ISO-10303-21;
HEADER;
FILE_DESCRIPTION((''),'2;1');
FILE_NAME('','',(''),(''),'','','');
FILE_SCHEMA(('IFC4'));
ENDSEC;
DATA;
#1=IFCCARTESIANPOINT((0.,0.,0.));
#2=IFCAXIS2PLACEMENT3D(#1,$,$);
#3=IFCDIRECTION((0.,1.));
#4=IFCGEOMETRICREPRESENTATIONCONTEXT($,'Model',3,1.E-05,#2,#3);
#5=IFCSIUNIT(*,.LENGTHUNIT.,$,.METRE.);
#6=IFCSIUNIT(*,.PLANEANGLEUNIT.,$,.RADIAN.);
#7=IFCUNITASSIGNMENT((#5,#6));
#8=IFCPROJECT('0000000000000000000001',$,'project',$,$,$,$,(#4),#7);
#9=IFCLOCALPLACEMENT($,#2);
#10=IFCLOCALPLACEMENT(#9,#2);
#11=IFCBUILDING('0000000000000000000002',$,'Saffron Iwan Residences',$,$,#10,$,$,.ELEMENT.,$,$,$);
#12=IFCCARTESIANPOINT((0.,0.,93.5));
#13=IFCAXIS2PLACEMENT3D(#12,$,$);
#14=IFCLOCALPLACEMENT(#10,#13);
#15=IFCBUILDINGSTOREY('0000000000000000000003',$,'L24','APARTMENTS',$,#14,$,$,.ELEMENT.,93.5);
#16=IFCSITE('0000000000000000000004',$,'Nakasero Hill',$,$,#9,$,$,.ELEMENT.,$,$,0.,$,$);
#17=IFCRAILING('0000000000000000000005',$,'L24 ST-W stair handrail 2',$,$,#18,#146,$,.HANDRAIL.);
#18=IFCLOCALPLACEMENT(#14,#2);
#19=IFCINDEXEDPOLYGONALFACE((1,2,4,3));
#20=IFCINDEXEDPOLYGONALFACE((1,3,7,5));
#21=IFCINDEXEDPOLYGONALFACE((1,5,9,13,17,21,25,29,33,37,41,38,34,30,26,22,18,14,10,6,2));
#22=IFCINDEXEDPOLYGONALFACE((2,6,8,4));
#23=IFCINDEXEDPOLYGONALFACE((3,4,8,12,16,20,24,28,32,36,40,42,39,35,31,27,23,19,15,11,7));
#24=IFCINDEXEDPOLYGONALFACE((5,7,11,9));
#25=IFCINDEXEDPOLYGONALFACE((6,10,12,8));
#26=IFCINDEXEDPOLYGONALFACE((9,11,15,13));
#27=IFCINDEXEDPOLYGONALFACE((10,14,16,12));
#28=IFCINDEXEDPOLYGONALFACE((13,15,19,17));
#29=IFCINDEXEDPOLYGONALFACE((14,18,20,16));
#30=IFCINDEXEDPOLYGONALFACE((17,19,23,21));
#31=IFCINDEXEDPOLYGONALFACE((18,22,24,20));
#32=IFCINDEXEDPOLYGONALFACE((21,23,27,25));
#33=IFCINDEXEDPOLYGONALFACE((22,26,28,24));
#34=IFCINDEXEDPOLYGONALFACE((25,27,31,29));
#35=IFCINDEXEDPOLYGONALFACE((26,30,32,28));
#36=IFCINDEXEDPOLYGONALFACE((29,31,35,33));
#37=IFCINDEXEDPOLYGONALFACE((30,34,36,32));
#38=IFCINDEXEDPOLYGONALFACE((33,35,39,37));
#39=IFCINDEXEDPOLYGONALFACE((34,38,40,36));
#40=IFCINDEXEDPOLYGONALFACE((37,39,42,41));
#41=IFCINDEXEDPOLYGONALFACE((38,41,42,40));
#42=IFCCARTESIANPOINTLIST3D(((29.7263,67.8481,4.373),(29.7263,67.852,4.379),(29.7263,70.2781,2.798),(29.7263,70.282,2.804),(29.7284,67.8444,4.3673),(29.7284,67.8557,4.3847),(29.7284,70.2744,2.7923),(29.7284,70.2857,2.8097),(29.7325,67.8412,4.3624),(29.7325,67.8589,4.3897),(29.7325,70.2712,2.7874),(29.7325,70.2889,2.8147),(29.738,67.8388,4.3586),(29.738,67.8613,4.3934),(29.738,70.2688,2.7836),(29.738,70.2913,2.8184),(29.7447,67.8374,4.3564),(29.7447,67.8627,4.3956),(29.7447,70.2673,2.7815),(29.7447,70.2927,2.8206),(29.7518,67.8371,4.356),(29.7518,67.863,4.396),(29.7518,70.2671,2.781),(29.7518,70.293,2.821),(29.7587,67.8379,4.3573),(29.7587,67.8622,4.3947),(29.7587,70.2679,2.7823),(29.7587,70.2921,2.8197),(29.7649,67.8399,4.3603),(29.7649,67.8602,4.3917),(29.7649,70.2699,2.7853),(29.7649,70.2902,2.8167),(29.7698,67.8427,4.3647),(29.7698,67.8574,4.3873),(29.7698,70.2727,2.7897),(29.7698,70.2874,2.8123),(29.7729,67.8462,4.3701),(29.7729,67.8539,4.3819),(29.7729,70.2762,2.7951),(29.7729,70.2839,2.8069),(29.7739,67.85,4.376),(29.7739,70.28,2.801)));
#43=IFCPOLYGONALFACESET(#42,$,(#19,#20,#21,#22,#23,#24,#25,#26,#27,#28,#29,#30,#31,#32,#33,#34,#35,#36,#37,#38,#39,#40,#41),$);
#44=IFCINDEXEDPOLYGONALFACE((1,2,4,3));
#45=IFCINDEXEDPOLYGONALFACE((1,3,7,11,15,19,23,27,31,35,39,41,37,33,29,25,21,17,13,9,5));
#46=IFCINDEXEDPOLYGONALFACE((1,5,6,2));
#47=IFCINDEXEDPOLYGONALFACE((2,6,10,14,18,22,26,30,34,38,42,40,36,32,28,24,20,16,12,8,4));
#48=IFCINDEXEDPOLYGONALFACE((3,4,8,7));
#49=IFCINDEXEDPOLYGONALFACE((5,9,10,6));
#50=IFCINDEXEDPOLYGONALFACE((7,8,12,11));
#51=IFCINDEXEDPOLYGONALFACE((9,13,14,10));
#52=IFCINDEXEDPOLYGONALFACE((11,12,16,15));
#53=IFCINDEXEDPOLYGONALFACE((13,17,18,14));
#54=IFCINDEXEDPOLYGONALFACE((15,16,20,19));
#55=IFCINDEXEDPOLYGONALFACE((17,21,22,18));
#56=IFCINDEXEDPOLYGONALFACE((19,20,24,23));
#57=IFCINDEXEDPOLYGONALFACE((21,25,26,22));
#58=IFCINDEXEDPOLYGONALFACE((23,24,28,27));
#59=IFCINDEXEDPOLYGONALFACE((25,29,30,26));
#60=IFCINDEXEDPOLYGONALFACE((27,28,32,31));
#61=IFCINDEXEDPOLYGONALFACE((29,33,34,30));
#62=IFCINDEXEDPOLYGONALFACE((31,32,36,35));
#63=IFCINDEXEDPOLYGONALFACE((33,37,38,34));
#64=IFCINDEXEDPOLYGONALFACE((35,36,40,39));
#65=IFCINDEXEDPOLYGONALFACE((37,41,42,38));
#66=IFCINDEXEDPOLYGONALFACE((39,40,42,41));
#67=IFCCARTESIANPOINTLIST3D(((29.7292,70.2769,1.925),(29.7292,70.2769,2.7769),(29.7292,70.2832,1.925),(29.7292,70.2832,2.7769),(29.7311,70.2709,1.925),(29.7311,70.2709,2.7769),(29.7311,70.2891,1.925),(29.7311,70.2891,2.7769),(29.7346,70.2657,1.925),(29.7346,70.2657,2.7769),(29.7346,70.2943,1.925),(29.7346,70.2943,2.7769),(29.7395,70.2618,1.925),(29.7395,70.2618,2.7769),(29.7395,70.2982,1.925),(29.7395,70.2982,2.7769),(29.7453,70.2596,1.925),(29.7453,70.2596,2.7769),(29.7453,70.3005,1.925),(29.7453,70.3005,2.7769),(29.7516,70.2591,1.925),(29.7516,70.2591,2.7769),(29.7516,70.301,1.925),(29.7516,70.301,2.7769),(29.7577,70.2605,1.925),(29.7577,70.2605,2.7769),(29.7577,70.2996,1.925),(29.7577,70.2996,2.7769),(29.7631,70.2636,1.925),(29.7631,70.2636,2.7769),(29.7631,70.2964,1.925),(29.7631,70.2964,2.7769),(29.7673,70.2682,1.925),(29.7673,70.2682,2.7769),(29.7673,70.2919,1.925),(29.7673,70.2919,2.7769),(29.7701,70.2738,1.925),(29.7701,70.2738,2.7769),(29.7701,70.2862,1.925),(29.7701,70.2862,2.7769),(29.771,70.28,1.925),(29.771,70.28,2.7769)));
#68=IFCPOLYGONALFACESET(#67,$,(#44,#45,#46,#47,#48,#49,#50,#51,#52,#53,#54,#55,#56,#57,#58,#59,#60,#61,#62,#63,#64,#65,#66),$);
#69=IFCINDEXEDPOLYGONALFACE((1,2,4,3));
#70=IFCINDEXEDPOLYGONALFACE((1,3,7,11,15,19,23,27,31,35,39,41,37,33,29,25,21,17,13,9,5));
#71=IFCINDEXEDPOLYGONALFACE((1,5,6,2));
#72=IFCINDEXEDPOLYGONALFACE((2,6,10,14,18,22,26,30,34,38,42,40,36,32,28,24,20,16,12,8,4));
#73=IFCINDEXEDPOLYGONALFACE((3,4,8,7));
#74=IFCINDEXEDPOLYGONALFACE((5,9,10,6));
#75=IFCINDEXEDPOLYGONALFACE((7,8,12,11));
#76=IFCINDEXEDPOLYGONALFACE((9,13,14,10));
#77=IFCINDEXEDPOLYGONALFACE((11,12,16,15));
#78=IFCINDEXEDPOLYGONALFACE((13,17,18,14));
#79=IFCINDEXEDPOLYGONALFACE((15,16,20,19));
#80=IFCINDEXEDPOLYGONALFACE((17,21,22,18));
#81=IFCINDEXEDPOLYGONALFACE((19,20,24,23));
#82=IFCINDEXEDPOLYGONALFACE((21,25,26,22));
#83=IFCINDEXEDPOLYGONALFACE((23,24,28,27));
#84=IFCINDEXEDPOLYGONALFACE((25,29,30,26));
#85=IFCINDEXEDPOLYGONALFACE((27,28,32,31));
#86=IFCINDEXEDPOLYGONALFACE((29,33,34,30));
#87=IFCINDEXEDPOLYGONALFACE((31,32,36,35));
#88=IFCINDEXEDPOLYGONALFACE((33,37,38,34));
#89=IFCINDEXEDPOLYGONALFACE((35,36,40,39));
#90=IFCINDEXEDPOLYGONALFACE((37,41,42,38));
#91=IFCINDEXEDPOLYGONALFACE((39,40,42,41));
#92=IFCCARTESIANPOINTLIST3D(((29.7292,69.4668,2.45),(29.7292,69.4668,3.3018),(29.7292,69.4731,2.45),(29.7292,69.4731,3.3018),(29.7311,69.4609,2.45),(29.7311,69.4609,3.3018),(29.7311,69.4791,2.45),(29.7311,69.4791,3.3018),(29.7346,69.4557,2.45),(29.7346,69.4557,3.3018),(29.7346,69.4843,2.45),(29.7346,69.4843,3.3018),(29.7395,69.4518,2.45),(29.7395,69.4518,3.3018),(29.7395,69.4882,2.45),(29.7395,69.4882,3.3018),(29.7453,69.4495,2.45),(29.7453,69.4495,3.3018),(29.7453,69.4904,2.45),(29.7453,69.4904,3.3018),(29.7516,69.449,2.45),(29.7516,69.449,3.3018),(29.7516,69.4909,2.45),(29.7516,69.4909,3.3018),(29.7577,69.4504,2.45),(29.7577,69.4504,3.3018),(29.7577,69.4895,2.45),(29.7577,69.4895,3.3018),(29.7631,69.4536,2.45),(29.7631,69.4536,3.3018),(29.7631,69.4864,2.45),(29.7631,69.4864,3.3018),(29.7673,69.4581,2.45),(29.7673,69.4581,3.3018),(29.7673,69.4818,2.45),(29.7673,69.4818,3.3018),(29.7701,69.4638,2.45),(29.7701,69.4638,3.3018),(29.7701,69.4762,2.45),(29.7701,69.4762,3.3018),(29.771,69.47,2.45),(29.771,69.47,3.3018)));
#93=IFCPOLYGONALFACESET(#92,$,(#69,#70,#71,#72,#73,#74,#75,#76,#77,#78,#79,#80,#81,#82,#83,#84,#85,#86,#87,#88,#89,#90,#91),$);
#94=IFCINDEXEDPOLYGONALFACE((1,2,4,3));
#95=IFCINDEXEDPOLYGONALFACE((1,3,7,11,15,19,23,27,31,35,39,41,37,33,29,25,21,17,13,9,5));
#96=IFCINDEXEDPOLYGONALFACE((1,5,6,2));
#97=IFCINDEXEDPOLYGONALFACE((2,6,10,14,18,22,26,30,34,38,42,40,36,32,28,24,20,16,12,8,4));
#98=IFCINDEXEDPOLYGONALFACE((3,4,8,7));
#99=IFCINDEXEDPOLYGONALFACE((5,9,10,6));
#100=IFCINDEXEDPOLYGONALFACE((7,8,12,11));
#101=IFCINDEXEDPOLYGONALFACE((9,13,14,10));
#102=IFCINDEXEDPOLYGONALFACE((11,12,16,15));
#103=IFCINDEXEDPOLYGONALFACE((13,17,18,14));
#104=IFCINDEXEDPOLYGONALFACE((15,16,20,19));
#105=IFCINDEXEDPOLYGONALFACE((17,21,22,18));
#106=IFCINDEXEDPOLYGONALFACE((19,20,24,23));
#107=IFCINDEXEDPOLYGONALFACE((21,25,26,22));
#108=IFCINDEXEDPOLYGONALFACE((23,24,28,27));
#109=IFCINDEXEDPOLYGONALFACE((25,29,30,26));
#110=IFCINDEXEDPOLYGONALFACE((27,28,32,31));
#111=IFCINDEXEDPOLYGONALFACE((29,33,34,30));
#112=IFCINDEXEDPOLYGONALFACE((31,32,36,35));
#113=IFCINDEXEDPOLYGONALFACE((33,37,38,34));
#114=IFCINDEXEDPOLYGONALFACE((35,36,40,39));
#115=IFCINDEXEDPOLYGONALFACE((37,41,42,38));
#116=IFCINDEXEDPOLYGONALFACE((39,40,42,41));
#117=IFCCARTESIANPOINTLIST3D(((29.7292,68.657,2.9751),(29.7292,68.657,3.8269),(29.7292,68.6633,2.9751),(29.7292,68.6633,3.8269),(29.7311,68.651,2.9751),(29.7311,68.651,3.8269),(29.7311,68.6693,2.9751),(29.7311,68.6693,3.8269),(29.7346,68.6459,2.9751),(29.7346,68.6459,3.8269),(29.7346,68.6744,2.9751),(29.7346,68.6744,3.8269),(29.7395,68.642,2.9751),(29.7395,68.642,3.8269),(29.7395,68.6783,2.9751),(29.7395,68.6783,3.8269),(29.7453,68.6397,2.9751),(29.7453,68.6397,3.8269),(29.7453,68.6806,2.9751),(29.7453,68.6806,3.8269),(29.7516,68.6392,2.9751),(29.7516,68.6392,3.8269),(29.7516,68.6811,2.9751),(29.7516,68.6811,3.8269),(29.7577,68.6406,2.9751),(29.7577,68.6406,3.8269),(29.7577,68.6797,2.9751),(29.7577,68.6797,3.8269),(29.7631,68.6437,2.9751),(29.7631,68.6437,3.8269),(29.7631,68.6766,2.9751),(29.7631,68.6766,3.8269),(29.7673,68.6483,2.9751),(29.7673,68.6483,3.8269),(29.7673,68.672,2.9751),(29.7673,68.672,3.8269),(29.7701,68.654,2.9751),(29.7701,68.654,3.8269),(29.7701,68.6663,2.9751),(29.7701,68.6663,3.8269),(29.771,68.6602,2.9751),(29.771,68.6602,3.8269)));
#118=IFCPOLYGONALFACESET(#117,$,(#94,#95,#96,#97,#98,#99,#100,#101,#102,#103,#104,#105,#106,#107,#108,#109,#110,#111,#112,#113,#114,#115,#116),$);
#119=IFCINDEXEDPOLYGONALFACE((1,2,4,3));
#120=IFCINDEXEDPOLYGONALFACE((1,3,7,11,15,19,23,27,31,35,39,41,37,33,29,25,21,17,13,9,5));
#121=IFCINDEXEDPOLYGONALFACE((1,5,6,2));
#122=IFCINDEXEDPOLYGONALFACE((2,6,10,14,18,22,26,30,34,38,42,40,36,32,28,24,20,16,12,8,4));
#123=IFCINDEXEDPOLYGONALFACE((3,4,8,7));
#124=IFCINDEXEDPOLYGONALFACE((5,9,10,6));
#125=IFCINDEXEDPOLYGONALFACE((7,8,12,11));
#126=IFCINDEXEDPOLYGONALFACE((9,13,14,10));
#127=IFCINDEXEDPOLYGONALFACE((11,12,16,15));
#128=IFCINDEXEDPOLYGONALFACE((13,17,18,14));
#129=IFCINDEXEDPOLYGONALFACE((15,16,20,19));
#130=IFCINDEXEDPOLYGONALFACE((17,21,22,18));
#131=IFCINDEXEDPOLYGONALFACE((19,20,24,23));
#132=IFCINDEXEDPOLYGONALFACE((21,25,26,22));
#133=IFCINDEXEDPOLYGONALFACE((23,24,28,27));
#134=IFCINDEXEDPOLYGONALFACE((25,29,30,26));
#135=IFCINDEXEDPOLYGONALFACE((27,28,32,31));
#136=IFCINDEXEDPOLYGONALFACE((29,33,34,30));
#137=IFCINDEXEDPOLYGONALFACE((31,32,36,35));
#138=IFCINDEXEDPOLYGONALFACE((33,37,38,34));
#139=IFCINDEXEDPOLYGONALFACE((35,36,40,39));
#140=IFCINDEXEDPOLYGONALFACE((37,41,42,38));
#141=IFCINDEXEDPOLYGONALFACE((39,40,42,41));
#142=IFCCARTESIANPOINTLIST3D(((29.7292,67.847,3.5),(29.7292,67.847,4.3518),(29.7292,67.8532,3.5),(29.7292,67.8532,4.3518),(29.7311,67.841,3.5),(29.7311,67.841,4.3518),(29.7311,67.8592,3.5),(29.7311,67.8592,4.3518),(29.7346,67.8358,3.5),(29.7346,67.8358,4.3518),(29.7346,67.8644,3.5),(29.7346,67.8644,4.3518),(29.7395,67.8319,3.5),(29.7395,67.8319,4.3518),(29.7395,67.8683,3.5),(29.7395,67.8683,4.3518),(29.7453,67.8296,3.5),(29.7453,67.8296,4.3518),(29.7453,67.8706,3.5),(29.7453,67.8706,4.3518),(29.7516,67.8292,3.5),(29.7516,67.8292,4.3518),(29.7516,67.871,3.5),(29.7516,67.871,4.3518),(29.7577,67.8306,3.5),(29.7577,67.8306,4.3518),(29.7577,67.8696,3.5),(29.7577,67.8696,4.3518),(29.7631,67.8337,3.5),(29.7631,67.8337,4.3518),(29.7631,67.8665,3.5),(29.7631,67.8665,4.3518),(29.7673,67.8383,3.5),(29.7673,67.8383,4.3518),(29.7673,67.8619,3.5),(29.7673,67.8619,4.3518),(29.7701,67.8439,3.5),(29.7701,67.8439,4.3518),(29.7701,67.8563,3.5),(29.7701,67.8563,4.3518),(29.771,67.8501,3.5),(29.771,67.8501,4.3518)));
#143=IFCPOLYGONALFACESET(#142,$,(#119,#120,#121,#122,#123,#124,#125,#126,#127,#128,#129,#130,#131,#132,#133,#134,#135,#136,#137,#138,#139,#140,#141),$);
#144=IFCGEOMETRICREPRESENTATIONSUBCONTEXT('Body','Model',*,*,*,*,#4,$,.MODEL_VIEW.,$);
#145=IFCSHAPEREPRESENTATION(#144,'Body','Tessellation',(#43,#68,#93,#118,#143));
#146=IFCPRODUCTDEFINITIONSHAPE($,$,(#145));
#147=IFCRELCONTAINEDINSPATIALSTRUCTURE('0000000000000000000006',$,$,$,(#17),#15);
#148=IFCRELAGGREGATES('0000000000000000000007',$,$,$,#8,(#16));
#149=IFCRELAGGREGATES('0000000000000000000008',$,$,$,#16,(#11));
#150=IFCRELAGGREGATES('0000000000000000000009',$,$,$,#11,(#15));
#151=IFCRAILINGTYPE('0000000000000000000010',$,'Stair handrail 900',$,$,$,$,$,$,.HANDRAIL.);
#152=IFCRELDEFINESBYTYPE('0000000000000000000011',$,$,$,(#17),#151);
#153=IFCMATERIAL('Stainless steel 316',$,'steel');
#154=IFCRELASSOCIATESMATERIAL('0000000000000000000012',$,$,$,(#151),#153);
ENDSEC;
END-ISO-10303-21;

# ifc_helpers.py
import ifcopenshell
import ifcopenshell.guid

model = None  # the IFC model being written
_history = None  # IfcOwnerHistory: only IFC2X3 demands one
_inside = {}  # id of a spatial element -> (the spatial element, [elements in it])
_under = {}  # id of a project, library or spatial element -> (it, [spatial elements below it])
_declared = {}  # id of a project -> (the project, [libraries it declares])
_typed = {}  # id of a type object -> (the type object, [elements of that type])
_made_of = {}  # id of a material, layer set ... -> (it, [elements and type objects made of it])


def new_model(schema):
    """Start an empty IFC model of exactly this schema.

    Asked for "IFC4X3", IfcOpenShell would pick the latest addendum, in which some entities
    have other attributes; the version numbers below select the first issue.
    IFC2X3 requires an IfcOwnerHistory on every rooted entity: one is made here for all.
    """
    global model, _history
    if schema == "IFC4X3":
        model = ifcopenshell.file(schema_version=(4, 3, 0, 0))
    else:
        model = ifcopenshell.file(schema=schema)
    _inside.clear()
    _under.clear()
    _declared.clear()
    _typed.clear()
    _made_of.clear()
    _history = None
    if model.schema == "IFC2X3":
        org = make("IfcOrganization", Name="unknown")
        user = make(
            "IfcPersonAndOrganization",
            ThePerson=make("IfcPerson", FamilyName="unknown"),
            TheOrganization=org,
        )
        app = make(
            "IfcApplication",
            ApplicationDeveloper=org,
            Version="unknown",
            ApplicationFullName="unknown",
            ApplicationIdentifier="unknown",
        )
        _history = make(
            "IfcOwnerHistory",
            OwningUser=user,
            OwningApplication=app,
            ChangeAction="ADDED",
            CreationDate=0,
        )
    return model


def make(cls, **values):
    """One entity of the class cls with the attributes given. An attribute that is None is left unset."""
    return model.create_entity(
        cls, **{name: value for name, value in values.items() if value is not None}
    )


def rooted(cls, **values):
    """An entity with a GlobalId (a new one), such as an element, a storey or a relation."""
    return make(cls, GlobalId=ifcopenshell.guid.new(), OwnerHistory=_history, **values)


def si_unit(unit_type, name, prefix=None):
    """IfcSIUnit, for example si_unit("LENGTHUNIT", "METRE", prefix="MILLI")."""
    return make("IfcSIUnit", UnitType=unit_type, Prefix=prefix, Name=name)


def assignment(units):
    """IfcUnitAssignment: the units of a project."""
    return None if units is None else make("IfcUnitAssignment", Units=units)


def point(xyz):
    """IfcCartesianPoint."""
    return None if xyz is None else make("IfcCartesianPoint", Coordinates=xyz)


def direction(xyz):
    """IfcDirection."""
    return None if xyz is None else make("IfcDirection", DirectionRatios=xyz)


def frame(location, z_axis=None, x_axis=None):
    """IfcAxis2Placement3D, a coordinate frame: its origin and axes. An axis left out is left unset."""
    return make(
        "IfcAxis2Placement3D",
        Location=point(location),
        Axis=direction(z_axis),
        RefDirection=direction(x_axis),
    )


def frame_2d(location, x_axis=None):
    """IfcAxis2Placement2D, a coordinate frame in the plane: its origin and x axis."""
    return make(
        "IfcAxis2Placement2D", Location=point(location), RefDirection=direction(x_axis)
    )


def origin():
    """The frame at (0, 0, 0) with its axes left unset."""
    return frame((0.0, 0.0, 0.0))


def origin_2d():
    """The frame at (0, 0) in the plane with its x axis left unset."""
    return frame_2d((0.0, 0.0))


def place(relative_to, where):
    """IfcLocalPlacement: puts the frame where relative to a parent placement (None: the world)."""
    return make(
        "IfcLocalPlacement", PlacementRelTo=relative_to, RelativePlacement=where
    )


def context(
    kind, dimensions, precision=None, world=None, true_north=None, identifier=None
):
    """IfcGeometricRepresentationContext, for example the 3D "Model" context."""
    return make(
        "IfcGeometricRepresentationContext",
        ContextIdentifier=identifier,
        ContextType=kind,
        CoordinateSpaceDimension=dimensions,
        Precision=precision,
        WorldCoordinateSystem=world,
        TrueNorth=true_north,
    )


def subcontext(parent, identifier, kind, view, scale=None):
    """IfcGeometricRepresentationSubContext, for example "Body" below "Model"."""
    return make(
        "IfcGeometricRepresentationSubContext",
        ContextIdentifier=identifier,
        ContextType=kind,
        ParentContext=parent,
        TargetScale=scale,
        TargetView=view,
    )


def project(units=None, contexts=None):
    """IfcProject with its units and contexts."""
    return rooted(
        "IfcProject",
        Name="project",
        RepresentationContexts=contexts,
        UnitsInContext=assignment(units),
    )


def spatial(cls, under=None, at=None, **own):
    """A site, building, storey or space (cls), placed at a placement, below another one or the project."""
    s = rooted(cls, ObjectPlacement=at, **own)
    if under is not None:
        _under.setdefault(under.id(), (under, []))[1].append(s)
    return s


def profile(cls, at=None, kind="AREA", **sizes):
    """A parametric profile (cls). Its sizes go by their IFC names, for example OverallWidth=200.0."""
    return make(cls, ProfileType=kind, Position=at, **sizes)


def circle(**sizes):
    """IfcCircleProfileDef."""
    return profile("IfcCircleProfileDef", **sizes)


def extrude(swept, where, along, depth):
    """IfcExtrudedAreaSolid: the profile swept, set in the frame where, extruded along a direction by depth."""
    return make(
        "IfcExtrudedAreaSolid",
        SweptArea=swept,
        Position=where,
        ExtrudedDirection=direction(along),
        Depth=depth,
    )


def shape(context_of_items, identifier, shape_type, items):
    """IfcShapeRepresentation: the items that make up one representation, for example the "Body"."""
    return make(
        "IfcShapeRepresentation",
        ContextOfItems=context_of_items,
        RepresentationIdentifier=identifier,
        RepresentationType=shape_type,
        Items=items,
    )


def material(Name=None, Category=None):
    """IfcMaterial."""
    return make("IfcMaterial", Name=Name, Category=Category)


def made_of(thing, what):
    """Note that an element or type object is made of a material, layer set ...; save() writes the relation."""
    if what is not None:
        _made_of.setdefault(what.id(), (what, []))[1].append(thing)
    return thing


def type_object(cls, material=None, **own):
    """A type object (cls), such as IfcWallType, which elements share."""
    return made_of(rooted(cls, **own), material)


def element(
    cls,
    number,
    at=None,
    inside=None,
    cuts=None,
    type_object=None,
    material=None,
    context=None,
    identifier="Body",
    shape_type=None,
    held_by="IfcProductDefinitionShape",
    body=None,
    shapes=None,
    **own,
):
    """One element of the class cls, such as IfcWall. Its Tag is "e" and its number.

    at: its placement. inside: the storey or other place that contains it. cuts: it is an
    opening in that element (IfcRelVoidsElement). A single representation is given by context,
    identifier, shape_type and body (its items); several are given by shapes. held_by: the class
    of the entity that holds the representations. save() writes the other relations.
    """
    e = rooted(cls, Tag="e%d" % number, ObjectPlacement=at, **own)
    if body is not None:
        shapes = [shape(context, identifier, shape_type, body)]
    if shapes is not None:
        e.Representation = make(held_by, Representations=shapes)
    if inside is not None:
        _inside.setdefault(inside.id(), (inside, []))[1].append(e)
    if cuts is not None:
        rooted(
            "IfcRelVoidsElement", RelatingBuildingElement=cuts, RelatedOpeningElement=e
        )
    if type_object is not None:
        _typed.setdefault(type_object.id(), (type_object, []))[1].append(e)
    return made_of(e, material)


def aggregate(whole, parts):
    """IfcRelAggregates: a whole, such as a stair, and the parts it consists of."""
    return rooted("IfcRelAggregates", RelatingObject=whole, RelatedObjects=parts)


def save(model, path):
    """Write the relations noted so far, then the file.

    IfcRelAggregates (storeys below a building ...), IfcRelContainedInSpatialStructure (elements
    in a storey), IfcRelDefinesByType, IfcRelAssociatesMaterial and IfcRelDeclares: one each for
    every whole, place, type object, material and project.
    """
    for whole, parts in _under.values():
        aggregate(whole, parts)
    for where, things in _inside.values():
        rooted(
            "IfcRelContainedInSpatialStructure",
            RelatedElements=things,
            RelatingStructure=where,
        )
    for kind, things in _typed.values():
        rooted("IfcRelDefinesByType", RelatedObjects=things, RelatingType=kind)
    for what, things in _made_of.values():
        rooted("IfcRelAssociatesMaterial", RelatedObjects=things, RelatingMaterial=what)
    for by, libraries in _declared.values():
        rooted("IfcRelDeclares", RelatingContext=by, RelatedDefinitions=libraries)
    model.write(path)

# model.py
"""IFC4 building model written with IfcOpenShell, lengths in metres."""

from ifc_helpers import new_model, si_unit, direction, frame, origin, origin_2d, place, context, subcontext, project, spatial, circle, extrude, material, type_object, element, save


model = new_model("IFC4")

# Units and contexts
model_context = context("Model", 3, precision=1e-05, world=origin(), true_north=direction((0.0, 1.0)))
body_context = subcontext(model_context, "Body", "Model", "MODEL_VIEW")
ifc_project = project(units=[si_unit("LENGTHUNIT", "METRE"), si_unit("PLANEANGLEUNIT", "RADIAN")], contexts=[model_context])

# Site, building, storey
site_placement = place(None, origin())
site = spatial("IfcSite", under=ifc_project, at=site_placement, Name="Nakasero Hill", CompositionType="ELEMENT", RefElevation=0.0)
building_placement = place(site_placement, origin())
building = spatial("IfcBuilding", under=site, at=building_placement, Name="Saffron Iwan Residences", CompositionType="ELEMENT")
storey_placement = place(building_placement, frame((0.0, 0.0, 93.5)))
storey = spatial("IfcBuildingStorey", under=building, at=storey_placement, Name="L24", Description="APARTMENTS", CompositionType="ELEMENT", Elevation=93.5)

# Railing
ifc_material_1 = material(Name="Stainless steel 316", Category="steel")
railing_type_1 = type_object("IfcRailingType", Name="Stair handrail 900", PredefinedType="HANDRAIL", material=ifc_material_1)
railing_1_placement = place(storey_placement, frame((29.75, 70.28, 1.925)))
element("IfcRailing", 1, at=railing_1_placement, inside=storey, type_object=railing_type_1, Name="L24 ST-W stair handrail 2", PredefinedType="HANDRAIL", context=body_context, shape_type="SweptSolid", body=[
    extrude(circle(Radius=0.0239, at=origin_2d()), frame((0.0, 0.0, 0.876), z_axis=(0.0, -0.839154, 0.543894), x_axis=(1.0, 0.0, 0.0)), (0.0, 0.0, 1.0), 2.8958),
    extrude(circle(Radius=0.021, at=origin_2d()), origin(), (0.0, 0.0, 1.0), 0.8518),
    extrude(circle(Radius=0.021, at=origin_2d()), frame((0.0, -0.8101, 0.5249)), (0.0, 0.0, 1.0), 0.8518),
    extrude(circle(Radius=0.021, at=origin_2d()), frame((0.0, -1.6199, 1.05)), (0.0, 0.0, 1.0), 0.8518),
    extrude(circle(Radius=0.021, at=origin_2d()), frame((0.0, -2.4299, 1.575)), (0.0, 0.0, 1.0), 0.8518),
])

save(model, "model.ifc")
